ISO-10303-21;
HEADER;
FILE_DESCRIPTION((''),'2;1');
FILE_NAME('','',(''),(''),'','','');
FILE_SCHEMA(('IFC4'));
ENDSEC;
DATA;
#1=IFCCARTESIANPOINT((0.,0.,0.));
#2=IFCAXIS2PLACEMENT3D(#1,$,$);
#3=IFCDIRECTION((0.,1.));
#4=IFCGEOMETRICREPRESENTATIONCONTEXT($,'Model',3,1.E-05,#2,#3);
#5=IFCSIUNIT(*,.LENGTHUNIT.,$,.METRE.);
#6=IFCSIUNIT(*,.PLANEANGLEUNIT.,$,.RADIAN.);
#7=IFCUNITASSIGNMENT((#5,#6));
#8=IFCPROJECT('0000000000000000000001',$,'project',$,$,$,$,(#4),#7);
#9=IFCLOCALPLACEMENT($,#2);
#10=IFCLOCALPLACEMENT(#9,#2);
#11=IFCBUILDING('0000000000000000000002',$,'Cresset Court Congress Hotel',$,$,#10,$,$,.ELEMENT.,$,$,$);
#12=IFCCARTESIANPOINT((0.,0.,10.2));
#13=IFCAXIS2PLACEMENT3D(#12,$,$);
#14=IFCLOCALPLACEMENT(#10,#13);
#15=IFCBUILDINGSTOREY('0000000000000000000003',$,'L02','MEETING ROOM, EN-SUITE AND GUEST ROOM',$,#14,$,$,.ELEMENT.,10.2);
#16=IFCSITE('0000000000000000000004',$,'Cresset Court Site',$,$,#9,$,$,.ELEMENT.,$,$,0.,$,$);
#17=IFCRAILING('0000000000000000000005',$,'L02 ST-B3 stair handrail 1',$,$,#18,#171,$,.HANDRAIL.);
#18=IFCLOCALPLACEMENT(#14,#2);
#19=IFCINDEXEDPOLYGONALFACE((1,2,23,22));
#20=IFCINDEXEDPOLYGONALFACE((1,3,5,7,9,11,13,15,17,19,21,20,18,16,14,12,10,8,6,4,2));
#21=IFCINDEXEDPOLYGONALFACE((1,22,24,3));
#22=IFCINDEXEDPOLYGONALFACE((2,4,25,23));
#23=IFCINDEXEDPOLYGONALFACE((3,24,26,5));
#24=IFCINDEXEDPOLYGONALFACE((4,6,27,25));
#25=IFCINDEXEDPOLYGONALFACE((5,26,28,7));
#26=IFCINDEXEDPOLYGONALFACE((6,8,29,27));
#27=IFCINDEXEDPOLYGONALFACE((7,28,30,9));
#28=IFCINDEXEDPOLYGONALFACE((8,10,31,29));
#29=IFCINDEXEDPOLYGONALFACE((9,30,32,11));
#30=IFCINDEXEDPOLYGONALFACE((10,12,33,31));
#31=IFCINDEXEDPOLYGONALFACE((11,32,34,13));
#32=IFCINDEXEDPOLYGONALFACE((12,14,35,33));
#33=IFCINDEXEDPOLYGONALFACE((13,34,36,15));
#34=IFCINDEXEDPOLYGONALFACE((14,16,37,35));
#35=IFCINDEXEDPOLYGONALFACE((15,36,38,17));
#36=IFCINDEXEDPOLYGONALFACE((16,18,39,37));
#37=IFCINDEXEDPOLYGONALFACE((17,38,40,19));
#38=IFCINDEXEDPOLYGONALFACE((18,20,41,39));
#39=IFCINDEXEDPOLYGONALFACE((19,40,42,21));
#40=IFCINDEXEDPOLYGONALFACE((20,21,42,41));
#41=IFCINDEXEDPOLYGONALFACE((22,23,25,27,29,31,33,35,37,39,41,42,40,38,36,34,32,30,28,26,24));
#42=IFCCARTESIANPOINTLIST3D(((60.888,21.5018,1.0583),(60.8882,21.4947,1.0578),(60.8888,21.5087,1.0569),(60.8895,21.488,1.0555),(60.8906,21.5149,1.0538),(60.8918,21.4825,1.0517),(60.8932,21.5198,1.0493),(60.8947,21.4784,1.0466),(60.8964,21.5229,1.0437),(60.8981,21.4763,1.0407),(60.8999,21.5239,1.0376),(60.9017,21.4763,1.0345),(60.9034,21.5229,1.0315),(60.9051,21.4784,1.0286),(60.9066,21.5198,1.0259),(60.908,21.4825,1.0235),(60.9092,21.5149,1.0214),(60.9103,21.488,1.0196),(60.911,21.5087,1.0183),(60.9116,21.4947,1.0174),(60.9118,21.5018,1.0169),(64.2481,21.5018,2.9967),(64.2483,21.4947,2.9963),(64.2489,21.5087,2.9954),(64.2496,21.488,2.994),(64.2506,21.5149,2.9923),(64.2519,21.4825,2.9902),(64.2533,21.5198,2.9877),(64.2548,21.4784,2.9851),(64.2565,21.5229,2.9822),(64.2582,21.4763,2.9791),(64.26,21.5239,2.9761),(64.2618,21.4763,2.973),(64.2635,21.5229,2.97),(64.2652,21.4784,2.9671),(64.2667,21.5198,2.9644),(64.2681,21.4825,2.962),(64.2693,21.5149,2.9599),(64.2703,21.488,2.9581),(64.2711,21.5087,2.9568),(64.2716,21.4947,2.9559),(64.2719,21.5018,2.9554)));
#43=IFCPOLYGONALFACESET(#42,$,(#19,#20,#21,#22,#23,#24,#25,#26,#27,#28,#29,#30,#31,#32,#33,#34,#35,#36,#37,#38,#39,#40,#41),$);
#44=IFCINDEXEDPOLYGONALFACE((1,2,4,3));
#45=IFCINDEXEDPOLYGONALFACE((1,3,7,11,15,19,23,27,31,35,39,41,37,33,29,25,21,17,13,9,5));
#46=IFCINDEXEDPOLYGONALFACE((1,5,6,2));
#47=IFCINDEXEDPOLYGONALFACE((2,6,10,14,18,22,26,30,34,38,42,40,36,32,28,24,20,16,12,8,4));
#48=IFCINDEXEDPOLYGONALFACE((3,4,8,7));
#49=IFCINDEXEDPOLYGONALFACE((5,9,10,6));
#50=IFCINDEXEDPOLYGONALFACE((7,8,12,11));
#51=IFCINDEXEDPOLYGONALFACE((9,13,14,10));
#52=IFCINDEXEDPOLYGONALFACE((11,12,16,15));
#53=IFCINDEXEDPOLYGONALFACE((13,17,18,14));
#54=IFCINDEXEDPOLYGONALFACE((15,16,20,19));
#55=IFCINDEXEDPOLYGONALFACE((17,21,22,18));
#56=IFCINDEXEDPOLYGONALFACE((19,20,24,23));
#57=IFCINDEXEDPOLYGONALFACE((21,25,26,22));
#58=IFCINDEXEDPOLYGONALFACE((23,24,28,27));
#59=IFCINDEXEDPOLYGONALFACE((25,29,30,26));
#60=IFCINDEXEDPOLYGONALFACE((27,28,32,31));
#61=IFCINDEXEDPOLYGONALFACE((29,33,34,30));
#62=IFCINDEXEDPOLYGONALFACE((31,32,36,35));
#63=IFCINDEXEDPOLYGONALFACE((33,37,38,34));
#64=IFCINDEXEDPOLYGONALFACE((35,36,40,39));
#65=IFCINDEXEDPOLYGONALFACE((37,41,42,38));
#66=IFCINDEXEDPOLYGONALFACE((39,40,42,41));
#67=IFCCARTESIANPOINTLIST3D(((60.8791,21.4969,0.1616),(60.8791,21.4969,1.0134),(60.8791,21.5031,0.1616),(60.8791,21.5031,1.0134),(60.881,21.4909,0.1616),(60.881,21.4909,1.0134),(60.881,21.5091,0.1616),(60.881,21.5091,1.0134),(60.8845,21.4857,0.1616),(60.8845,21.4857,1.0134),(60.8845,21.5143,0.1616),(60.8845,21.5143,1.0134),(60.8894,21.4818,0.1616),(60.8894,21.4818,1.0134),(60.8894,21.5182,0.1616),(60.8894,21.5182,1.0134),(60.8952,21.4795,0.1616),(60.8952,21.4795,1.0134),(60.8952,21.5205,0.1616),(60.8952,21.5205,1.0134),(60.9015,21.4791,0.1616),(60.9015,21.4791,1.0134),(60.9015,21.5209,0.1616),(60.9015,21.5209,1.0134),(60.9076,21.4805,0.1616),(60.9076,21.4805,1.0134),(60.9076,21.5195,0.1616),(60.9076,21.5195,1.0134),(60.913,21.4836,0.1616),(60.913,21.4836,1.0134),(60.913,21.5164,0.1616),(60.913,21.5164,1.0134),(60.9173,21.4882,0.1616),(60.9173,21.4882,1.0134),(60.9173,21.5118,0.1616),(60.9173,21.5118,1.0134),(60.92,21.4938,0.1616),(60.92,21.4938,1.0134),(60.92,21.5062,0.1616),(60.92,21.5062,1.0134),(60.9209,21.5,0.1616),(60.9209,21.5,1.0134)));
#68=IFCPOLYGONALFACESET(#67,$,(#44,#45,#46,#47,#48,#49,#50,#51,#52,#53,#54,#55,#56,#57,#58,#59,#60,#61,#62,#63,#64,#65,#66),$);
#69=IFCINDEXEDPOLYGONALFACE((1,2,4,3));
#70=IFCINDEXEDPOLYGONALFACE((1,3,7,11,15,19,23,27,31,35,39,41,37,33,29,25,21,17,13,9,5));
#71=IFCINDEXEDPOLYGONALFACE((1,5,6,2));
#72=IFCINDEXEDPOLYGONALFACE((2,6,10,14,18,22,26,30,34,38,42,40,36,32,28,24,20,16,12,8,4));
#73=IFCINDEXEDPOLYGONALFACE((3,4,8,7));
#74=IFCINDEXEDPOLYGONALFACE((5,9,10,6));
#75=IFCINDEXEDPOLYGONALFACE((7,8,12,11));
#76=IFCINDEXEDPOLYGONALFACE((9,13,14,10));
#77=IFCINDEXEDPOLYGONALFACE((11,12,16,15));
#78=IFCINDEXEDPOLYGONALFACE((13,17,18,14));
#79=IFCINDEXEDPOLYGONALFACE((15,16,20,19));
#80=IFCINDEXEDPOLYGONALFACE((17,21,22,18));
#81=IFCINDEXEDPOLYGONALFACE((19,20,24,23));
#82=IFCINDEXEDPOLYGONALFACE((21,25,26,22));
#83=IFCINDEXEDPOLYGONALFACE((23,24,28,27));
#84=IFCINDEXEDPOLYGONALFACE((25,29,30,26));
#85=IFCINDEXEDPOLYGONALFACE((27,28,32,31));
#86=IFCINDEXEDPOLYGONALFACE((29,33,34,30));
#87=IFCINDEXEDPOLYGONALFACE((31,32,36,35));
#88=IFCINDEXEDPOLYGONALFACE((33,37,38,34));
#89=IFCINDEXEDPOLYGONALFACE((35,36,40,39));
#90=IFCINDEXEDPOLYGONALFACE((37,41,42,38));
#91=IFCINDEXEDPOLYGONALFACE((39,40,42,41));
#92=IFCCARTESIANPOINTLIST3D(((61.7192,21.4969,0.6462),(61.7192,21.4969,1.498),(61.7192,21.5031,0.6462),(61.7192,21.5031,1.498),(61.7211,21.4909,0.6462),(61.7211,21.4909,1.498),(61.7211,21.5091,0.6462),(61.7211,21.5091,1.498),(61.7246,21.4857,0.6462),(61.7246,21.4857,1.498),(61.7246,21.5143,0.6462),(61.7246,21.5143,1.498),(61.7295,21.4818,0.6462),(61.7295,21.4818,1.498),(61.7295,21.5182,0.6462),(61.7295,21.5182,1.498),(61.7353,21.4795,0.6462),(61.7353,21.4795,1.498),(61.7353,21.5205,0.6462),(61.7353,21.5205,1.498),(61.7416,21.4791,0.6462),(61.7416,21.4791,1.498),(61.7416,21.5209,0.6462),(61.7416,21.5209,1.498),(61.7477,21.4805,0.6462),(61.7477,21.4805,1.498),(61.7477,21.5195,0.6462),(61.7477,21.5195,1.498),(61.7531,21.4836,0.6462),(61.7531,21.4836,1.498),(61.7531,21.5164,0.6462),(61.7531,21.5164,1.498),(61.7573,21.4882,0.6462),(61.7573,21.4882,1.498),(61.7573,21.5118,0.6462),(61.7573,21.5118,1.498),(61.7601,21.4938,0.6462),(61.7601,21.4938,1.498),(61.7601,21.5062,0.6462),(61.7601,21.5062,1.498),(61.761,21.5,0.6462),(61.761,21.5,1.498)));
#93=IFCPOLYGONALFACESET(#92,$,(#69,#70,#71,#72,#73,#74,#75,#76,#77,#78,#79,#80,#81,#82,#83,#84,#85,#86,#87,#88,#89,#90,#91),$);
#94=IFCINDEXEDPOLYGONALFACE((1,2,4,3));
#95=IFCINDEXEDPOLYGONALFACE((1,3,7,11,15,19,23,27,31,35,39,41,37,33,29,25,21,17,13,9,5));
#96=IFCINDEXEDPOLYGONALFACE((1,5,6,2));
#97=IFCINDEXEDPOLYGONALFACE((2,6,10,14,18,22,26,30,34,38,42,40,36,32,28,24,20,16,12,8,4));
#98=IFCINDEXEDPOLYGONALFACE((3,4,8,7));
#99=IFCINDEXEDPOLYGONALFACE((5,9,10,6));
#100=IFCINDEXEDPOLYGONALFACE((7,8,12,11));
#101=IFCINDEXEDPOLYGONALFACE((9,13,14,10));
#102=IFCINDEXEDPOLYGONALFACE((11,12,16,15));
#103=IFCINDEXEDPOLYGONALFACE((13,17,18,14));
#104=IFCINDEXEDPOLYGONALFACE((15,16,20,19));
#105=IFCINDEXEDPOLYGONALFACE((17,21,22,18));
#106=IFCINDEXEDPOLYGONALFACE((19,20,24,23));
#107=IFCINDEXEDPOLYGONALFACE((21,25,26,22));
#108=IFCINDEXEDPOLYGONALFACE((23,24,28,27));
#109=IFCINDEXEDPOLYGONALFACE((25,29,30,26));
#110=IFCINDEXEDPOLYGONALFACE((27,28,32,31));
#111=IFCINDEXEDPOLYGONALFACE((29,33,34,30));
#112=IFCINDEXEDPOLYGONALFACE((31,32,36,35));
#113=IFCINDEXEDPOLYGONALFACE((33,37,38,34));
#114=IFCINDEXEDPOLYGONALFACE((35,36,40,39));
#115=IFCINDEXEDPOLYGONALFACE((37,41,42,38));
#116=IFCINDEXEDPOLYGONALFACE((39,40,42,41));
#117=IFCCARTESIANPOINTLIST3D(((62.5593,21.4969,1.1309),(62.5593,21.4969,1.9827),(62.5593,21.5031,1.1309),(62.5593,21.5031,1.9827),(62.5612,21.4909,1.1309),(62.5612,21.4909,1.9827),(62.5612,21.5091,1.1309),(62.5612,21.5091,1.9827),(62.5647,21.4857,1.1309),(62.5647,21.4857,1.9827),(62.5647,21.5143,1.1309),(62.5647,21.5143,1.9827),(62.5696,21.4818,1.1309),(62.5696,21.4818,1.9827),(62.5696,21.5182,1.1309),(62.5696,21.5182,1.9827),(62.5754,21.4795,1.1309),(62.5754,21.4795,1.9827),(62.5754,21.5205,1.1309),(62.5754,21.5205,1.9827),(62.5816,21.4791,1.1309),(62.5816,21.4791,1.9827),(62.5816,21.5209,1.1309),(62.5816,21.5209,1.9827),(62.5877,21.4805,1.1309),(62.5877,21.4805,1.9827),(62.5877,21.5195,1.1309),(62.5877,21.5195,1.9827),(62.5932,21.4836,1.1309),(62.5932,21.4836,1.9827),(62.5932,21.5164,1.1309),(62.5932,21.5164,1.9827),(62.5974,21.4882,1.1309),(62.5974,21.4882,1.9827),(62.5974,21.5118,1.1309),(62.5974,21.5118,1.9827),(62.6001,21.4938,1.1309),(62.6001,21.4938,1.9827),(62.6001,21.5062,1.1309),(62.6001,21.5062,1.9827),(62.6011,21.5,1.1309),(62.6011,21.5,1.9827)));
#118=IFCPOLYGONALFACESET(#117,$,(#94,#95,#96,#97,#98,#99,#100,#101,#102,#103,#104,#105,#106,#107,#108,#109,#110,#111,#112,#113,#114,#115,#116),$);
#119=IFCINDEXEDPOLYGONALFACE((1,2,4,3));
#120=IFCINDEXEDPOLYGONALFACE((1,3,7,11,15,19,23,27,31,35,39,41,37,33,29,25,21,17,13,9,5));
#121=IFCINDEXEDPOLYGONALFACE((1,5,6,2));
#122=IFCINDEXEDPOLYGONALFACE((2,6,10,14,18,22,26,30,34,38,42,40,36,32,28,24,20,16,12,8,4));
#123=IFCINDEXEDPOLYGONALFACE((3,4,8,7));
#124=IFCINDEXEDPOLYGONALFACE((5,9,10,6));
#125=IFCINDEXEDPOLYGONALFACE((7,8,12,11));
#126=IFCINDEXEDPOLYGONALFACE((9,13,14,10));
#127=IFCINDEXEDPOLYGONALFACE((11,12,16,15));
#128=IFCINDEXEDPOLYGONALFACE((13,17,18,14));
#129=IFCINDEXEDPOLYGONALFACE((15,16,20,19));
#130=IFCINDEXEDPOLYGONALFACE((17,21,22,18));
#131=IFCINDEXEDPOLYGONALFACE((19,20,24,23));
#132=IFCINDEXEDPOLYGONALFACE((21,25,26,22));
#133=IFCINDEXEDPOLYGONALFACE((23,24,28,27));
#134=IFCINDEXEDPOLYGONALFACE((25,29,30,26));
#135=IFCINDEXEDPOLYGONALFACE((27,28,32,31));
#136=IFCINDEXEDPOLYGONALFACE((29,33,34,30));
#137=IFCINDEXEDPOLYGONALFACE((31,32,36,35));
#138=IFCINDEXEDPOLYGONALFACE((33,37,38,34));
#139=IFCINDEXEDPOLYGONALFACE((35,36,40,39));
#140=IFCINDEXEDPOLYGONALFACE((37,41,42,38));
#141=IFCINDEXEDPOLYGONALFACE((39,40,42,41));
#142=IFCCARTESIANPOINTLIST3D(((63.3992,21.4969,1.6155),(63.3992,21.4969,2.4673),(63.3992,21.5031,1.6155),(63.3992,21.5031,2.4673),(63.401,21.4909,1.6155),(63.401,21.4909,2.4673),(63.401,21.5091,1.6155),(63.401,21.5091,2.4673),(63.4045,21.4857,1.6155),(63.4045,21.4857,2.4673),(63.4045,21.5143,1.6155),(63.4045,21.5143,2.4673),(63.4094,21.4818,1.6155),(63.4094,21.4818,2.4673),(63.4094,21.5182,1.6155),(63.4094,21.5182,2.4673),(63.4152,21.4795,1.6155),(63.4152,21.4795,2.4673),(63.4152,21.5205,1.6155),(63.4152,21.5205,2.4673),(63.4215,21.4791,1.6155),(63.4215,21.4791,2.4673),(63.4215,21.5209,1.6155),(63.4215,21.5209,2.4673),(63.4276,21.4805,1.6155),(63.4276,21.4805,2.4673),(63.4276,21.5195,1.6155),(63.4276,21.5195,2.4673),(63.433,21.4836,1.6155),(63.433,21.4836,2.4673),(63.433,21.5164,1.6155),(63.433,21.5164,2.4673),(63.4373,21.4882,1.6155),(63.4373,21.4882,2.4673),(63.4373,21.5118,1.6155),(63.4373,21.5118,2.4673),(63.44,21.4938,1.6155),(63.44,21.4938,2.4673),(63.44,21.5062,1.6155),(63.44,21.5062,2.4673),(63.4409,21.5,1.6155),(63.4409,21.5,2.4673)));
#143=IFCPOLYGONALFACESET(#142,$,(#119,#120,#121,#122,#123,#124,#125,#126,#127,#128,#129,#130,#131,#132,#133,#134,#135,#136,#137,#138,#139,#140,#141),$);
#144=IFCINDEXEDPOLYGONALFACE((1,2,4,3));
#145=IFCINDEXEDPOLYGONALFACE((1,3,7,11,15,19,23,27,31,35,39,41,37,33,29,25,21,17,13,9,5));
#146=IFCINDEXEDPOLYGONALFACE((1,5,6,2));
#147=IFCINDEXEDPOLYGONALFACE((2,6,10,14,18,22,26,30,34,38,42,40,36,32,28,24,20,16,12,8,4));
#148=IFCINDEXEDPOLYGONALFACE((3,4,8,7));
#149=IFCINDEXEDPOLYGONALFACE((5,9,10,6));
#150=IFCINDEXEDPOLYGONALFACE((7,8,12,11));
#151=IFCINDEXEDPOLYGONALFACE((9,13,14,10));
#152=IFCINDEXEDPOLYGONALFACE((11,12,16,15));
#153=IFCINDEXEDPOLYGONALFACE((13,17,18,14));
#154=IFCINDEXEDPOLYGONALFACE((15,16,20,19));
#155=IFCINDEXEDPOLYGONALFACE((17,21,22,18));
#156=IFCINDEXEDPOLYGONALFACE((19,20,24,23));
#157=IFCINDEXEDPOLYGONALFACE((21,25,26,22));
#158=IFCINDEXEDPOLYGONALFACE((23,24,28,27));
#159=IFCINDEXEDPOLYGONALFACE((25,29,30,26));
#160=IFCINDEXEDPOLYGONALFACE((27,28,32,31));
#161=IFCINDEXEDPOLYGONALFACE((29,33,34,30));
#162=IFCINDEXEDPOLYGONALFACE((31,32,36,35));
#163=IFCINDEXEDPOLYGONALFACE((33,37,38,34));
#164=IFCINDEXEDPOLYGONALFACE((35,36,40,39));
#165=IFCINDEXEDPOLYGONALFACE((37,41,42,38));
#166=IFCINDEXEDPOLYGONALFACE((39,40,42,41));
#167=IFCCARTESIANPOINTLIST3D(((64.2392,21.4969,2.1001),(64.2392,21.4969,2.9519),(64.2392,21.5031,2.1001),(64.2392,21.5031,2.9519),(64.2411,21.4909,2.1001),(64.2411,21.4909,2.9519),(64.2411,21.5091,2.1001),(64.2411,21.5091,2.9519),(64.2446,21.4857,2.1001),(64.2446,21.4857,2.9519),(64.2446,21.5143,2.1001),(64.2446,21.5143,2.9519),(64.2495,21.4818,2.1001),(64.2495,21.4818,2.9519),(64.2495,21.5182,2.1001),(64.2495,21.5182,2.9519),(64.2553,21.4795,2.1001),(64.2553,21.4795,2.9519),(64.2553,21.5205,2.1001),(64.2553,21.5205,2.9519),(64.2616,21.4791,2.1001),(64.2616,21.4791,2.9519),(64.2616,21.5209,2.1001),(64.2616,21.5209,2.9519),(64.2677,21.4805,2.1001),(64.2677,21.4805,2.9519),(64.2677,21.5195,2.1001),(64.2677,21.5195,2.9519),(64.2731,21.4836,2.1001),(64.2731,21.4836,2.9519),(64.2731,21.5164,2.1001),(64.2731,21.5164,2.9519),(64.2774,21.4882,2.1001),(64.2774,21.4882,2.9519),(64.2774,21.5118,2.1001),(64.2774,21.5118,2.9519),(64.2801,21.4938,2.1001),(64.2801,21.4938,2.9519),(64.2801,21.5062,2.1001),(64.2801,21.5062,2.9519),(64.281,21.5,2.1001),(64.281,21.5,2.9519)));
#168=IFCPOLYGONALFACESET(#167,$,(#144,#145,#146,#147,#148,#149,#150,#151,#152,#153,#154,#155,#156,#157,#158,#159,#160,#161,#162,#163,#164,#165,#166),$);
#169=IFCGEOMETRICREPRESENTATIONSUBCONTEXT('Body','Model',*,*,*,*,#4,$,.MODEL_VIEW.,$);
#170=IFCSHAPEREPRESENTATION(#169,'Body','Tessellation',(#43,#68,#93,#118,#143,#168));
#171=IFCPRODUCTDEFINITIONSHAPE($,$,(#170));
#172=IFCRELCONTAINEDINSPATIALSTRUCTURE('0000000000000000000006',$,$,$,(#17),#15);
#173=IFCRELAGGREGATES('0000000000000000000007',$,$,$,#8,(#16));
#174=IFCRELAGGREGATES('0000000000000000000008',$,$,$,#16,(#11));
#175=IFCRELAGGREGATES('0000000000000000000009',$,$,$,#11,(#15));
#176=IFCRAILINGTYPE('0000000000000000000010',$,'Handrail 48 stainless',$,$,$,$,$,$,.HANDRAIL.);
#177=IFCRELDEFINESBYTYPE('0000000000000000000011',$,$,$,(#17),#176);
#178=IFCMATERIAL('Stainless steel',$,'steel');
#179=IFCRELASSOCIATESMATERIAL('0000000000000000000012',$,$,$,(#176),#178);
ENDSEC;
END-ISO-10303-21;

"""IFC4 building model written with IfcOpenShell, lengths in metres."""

from ifc_helpers import new_model, si_unit, direction, frame, origin, origin_2d, place, context, subcontext, project, spatial, circle, extrude, material, type_object, element, save


model = new_model("IFC4")

# Units and contexts
model_context = context("Model", 3, precision=1e-05, world=origin(), true_north=direction((0.0, 1.0)))
body_context = subcontext(model_context, "Body", "Model", "MODEL_VIEW")
ifc_project = project(units=[si_unit("LENGTHUNIT", "METRE"), si_unit("PLANEANGLEUNIT", "RADIAN")], contexts=[model_context])

# Site, building, storey
site_placement = place(None, origin())
site = spatial("IfcSite", under=ifc_project, at=site_placement, Name="Cresset Court Site", CompositionType="ELEMENT", RefElevation=0.0)
building_placement = place(site_placement, origin())
building = spatial("IfcBuilding", under=site, at=building_placement, Name="Cresset Court Congress Hotel", CompositionType="ELEMENT")
storey_placement = place(building_placement, frame((0.0, 0.0, 10.2)))
storey = spatial("IfcBuildingStorey", under=building, at=storey_placement, Name="L02", Description="MEETING ROOM, EN-SUITE AND GUEST ROOM", CompositionType="ELEMENT", Elevation=10.2)

# Railing
ifc_material_1 = material(Name="Stainless steel", Category="steel")
railing_type_1 = type_object("IfcRailingType", Name="Handrail 48 stainless", PredefinedType="HANDRAIL", material=ifc_material_1)
railing_1_placement = place(storey_placement, frame((60.8999, 21.5, 0.1616)))
element("IfcRailing", 1, at=railing_1_placement, inside=storey, type_object=railing_type_1, Name="L02 ST-B3 stair handrail 1", PredefinedType="HANDRAIL", context=body_context, shape_type="SweptSolid", body=[
    extrude(circle(Radius=0.0239, at=origin_2d()), frame((0.0, 0.0, 0.876), z_axis=(0.866191, 0.0, 0.499713), x_axis=(0.0, 1.0, 0.0)), (0.0, 0.0, 1.0), 3.8792),
    extrude(circle(Radius=0.021, at=origin_2d()), origin(), (0.0, 0.0, 1.0), 0.8518),
    extrude(circle(Radius=0.021, at=origin_2d()), frame((0.8401, 0.0, 0.4846)), (0.0, 0.0, 1.0), 0.8518),
    extrude(circle(Radius=0.021, at=origin_2d()), frame((1.6802, 0.0, 0.9692)), (0.0, 0.0, 1.0), 0.8518),
    extrude(circle(Radius=0.021, at=origin_2d()), frame((2.52, 0.0, 1.4539)), (0.0, 0.0, 1.0), 0.8518),
    extrude(circle(Radius=0.021, at=origin_2d()), frame((3.3601, 0.0, 1.9385)), (0.0, 0.0, 1.0), 0.8518),
])

save(model, "model.ifc")
